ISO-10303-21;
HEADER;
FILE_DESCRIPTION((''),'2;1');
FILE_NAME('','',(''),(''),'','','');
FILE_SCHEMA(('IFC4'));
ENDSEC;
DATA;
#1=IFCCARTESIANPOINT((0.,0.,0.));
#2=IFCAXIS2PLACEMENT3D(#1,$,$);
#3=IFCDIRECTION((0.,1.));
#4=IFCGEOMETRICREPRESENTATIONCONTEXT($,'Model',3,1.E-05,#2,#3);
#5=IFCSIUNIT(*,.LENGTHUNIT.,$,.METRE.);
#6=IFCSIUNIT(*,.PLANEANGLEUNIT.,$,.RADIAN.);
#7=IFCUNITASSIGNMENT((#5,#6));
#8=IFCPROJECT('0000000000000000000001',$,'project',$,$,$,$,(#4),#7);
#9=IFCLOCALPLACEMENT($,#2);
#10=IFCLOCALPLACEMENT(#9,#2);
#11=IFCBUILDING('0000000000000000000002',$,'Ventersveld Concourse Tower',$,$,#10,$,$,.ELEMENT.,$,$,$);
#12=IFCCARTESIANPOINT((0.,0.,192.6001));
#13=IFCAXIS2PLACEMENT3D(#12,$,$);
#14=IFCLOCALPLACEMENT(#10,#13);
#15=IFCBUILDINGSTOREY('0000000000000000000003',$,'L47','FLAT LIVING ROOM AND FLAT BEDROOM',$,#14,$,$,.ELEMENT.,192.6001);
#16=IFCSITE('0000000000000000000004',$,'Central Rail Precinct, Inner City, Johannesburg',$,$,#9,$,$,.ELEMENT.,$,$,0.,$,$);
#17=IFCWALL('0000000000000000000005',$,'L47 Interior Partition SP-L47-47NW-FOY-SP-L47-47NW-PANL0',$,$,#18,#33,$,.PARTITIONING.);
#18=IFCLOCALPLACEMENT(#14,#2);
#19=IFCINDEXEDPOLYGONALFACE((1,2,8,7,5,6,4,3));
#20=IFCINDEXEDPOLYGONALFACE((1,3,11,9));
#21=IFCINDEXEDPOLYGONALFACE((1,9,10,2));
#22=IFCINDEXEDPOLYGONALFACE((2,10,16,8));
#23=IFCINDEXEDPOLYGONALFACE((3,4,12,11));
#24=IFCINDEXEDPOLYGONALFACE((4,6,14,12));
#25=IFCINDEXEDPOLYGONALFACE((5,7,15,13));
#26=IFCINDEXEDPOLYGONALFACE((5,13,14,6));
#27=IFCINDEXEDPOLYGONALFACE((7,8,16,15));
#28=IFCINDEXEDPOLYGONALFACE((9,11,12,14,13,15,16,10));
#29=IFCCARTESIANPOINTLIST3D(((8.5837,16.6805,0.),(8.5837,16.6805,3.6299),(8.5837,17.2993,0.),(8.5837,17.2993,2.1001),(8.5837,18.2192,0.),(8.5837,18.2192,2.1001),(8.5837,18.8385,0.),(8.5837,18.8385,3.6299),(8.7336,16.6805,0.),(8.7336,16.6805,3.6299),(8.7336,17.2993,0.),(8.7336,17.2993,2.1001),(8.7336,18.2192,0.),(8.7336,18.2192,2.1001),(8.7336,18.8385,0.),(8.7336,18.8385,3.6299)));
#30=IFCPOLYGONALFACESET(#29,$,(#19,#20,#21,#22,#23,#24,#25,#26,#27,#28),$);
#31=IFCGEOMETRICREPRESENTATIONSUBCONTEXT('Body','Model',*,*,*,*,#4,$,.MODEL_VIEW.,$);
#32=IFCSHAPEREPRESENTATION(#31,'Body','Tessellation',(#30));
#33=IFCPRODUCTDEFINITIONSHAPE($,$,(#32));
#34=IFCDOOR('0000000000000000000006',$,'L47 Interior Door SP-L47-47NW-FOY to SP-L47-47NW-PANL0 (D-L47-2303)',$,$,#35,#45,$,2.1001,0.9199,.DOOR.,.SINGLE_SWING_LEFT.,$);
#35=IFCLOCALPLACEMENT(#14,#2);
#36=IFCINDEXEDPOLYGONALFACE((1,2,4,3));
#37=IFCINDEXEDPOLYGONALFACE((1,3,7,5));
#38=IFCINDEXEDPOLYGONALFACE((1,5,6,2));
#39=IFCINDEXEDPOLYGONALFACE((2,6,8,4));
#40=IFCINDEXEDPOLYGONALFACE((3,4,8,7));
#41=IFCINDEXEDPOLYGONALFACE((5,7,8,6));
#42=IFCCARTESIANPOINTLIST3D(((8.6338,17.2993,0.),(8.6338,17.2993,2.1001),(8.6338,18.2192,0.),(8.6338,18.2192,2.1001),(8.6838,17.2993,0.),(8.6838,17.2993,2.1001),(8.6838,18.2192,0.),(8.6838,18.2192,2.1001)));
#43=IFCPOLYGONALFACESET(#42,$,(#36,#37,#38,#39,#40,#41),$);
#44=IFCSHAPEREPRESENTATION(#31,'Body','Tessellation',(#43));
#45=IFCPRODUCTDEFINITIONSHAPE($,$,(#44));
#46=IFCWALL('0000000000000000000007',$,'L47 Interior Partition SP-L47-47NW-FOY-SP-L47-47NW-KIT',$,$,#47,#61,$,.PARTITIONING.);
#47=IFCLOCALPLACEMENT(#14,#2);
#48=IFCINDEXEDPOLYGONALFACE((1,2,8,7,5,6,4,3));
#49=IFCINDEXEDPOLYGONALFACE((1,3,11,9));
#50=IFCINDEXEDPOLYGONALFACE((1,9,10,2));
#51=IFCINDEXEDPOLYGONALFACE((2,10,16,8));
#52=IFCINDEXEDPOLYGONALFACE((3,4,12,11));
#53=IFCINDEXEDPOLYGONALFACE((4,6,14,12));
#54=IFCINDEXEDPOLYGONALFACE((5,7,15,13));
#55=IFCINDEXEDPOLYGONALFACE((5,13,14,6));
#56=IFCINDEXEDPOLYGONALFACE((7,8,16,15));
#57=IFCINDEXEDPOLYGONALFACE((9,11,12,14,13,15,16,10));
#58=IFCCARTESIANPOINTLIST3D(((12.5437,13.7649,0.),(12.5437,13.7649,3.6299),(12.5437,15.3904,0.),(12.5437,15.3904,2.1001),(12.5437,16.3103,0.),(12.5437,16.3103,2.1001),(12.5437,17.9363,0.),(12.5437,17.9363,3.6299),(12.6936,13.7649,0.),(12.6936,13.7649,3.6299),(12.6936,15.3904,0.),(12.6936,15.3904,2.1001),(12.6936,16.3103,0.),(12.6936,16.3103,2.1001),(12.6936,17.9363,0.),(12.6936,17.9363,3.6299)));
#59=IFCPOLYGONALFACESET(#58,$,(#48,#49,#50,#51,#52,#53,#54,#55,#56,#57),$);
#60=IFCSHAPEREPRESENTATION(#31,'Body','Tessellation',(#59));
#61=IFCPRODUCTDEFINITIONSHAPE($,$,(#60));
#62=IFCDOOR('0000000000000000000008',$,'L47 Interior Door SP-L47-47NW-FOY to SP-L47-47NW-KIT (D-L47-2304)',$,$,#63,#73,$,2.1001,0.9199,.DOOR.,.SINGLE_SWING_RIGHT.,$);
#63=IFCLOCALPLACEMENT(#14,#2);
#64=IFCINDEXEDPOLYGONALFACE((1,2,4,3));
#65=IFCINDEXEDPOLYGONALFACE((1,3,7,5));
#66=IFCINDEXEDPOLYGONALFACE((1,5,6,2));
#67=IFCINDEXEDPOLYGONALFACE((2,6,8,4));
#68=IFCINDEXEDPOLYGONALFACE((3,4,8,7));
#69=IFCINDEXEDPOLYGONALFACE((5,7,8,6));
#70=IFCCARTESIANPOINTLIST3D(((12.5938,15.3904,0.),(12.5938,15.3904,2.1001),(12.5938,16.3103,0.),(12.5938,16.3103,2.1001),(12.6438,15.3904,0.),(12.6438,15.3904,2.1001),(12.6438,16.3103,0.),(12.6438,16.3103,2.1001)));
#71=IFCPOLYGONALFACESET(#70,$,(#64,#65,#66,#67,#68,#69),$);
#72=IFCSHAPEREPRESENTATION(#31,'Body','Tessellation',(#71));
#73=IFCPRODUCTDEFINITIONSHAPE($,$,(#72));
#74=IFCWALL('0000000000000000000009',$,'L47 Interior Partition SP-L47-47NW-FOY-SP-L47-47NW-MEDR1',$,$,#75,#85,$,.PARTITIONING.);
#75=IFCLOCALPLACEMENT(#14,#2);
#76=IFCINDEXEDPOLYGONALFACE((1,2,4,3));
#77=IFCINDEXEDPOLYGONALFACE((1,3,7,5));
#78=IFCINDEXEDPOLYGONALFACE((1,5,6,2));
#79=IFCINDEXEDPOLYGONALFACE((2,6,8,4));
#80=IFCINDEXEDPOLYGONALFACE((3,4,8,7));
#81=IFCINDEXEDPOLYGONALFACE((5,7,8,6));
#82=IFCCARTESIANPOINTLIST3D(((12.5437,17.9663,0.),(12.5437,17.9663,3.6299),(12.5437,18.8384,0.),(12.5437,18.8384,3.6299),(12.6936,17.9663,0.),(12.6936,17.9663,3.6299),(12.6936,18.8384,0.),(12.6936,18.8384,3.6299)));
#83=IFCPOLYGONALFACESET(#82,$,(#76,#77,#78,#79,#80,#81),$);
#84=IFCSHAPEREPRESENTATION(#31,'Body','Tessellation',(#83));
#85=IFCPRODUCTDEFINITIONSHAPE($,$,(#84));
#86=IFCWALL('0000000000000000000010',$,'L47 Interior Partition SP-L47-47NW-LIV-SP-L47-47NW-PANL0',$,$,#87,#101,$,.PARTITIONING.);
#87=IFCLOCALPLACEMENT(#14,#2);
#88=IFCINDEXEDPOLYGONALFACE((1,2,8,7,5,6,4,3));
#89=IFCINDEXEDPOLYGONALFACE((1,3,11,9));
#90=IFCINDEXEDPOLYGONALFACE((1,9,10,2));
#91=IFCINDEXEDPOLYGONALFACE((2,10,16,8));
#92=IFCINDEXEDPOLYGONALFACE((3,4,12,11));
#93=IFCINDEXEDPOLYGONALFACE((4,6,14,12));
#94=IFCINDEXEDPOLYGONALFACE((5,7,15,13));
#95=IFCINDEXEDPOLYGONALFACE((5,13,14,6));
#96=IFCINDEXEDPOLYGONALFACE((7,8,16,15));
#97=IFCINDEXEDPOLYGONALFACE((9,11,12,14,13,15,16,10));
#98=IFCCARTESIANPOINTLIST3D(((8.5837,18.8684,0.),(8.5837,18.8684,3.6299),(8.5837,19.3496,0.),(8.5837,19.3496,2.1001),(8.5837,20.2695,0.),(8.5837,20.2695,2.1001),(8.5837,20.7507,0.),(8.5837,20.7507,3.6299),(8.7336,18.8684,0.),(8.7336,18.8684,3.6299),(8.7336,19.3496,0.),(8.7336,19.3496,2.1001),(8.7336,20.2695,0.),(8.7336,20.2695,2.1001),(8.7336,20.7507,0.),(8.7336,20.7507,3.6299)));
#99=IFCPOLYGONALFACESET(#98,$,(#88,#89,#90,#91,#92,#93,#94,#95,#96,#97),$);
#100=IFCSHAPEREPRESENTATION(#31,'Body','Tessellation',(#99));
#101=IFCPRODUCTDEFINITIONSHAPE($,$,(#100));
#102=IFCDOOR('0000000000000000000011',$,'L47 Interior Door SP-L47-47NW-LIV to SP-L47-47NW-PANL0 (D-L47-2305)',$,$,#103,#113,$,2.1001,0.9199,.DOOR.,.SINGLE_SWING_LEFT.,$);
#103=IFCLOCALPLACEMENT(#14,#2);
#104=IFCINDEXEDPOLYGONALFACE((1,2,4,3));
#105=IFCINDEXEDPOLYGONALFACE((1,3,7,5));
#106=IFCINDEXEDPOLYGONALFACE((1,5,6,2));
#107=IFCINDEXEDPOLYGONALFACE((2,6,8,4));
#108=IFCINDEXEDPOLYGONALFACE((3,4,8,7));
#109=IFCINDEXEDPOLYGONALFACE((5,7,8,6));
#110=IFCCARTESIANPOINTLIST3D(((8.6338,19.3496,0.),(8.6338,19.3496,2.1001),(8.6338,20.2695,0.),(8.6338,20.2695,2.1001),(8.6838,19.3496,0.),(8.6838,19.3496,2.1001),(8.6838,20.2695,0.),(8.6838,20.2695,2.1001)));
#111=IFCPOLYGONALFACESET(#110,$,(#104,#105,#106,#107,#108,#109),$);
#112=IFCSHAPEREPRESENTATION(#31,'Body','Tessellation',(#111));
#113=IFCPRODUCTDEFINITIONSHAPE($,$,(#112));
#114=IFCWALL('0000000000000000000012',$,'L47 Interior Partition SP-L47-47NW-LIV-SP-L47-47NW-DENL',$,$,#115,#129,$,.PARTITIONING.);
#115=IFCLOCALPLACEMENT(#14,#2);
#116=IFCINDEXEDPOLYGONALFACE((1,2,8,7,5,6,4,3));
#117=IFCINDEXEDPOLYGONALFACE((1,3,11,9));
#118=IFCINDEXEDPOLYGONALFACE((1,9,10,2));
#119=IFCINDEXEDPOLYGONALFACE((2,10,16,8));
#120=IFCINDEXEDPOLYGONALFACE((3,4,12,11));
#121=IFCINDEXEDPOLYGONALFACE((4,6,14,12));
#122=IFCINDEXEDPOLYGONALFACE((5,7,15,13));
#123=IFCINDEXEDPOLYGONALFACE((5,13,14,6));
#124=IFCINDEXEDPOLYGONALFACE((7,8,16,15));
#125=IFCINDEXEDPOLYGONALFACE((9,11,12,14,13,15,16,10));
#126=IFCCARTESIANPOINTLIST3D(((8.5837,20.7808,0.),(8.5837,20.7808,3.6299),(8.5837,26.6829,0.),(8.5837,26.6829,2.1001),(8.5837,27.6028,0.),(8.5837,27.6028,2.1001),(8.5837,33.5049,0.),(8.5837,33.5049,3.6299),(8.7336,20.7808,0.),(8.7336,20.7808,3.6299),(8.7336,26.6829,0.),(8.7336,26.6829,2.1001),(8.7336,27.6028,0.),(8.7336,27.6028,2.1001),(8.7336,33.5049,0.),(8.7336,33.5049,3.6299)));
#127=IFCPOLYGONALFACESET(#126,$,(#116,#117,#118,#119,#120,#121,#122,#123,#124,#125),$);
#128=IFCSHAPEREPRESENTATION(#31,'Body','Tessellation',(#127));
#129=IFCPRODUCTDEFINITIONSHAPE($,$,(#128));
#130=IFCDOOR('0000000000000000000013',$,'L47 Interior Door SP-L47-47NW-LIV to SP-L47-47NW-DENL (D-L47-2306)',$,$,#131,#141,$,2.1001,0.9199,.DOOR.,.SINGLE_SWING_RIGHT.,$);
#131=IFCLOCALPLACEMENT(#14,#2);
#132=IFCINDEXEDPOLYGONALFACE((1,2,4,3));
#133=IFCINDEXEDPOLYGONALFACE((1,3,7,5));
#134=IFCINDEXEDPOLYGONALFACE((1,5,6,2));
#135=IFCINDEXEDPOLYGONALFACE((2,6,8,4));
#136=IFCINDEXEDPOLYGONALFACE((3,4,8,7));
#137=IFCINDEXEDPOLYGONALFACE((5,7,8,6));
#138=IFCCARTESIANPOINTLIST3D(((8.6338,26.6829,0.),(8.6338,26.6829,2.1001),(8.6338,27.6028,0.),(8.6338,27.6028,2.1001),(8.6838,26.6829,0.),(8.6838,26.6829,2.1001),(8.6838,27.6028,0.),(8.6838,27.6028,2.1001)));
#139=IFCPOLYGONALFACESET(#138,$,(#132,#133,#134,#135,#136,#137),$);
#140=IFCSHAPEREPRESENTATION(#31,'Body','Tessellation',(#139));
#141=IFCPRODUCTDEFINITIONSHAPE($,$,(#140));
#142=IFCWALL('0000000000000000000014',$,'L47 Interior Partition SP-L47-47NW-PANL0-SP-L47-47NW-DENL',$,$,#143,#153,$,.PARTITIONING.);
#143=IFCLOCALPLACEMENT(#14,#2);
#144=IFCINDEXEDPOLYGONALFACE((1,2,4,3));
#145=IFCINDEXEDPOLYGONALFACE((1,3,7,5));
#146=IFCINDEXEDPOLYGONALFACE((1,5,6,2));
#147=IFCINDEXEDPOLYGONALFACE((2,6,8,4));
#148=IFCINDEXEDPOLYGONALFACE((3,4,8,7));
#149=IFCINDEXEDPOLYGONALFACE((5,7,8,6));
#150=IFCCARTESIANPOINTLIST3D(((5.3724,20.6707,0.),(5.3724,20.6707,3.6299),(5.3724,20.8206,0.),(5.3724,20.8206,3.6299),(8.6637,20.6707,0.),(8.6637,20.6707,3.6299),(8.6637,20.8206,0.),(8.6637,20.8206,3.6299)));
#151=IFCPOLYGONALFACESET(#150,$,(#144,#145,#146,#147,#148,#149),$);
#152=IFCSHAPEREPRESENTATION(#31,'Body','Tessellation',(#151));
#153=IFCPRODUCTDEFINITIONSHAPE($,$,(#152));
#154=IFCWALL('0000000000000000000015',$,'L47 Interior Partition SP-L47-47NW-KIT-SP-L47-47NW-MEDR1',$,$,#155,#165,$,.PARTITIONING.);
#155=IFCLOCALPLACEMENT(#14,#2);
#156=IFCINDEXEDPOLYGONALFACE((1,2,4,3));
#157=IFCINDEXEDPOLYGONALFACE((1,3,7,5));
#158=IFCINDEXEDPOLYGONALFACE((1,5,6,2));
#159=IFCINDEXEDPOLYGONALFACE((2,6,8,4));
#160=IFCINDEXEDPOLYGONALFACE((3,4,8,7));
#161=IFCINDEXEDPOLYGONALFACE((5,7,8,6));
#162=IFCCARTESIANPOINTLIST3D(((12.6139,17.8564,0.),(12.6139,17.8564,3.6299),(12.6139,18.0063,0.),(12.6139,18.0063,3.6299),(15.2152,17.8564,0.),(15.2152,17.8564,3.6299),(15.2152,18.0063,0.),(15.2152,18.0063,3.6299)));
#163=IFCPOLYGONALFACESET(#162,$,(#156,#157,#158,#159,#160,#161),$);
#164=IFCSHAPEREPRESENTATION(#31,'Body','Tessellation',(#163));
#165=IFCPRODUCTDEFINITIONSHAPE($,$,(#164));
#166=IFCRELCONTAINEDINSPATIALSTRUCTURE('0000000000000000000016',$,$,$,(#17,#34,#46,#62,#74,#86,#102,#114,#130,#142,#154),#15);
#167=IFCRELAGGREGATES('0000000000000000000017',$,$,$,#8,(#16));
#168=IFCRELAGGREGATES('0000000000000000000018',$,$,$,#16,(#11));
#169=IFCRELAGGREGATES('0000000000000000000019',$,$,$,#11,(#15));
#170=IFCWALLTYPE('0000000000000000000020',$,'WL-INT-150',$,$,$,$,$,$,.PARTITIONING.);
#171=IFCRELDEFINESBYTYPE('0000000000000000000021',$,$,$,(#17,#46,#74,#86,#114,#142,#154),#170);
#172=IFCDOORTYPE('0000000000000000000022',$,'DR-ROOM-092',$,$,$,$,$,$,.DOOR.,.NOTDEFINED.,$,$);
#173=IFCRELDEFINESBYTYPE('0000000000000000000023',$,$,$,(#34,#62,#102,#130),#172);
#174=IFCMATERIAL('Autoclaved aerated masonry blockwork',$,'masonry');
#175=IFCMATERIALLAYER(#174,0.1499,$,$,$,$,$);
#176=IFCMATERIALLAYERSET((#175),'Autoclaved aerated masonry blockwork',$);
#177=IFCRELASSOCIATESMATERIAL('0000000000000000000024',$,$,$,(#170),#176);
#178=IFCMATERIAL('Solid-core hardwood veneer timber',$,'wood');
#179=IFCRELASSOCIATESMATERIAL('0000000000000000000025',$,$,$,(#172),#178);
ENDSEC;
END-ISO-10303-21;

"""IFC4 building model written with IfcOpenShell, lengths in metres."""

from ifc_helpers import new_model, si_unit, direction, frame, frame_2d, origin, place, context, subcontext, project, spatial, rectangle, extrude, material, layer, layer_set, type_object, element, fill, save


model = new_model("IFC4")

# Units and contexts
model_context = context("Model", 3, precision=1e-05, world=origin(), true_north=direction((0.0, 1.0)))
body_context = subcontext(model_context, "Body", "Model", "MODEL_VIEW")
ifc_project = project(units=[si_unit("LENGTHUNIT", "METRE"), si_unit("PLANEANGLEUNIT", "RADIAN")], contexts=[model_context])

# Site, building, storey
site_placement = place(None, origin())
site = spatial("IfcSite", under=ifc_project, at=site_placement, Name="Central Rail Precinct, Inner City, Johannesburg", CompositionType="ELEMENT", RefElevation=0.0)
building_placement = place(site_placement, origin())
building = spatial("IfcBuilding", under=site, at=building_placement, Name="Ventersveld Concourse Tower", CompositionType="ELEMENT")
storey_placement = place(building_placement, frame((0.0, 0.0, 192.6001)))
storey = spatial("IfcBuildingStorey", under=building, at=storey_placement, Name="L47", Description="FLAT LIVING ROOM AND FLAT BEDROOM", CompositionType="ELEMENT", Elevation=192.6001)

# Shared definitions
ifc_material_1 = material(Name="Solid-core hardwood veneer timber", Category="wood")

# Walls, openings, doors
ifc_material_2 = material(Name="Autoclaved aerated masonry blockwork", Category="masonry")
ifc_layer_1 = layer(ifc_material_2, 0.1499)
ifc_layer_set_1 = layer_set([ifc_layer_1], Name="Autoclaved aerated masonry blockwork")
wall_type_1 = type_object("IfcWallType", Name="WL-INT-150", PredefinedType="PARTITIONING", material=ifc_layer_set_1)
door_type_1 = type_object("IfcDoorType", Name="DR-ROOM-092", OperationType="NOTDEFINED", PredefinedType="DOOR", material=ifc_material_1)
wall_1_placement = place(storey_placement, frame((8.6587, 16.6804, 0.0), z_axis=(0.0, 0.0, 1.0), x_axis=(0.0, 1.0, 0.0)))
wall_1 = element("IfcWall", 1, at=wall_1_placement, inside=storey, type_object=wall_type_1, Name="L47 Interior Partition SP-L47-47NW-FOY-SP-L47-47NW-PANL0", PredefinedType="PARTITIONING", context=body_context, shape_type="SweptSolid", body=[
    extrude(rectangle(XDim=2.158, YDim=0.1499, at=frame_2d((1.0791, 0.0))), origin(), (0.0, 0.0, 1.0), 3.6299),
])
opening_1_placement = place(wall_1_placement, frame((0.6189, 0.0, 0.0)))
opening_1 = element("IfcOpeningElement", 2, at=opening_1_placement, cuts=wall_1, PredefinedType="OPENING", context=body_context, shape_type="SweptSolid", body=[
    extrude(rectangle(XDim=0.9199, YDim=2.1001, at=frame_2d((0.46, 1.05))), frame((0.0, 0.085, 0.0), z_axis=(0.0, -1.0, 0.0), x_axis=(1.0, 0.0, 0.0)), (0.0, 0.0, 1.0), 0.1699),
])
door_1_placement = place(opening_1_placement, origin())
door_1 = element("IfcDoor", 3, at=door_1_placement, inside=storey, type_object=door_type_1, Name="L47 Interior Door SP-L47-47NW-FOY to SP-L47-47NW-PANL0 (D-L47-2303)", OperationType="SINGLE_SWING_LEFT", OverallHeight=2.1001, OverallWidth=0.9199, PredefinedType="DOOR", context=body_context, shape_type="SweptSolid", body=[
    extrude(rectangle(XDim=0.9199, YDim=2.1001, at=frame_2d((0.46, 1.05))), frame((0.0, 0.0249, 0.0), z_axis=(0.0, -1.0, 0.0), x_axis=(1.0, 0.0, 0.0)), (0.0, 0.0, 1.0), 0.05),
])
fill(opening_1, door_1)
wall_2_placement = place(storey_placement, frame((12.6187, 13.7649, 0.0), z_axis=(0.0, 0.0, 1.0), x_axis=(0.0, 1.0, 0.0)))
wall_2 = element("IfcWall", 4, at=wall_2_placement, inside=storey, type_object=wall_type_1, Name="L47 Interior Partition SP-L47-47NW-FOY-SP-L47-47NW-KIT", PredefinedType="PARTITIONING", context=body_context, shape_type="SweptSolid", body=[
    extrude(rectangle(XDim=4.1714, YDim=0.1499, at=frame_2d((2.0857, 0.0))), origin(), (0.0, 0.0, 1.0), 3.6299),
])
opening_2_placement = place(wall_2_placement, frame((1.6255, 0.0, 0.0)))
opening_2 = element("IfcOpeningElement", 5, at=opening_2_placement, cuts=wall_2, PredefinedType="OPENING", context=body_context, shape_type="SweptSolid", body=[
    extrude(rectangle(XDim=0.9199, YDim=2.1001, at=frame_2d((0.46, 1.05))), frame((0.0, 0.085, 0.0), z_axis=(0.0, -1.0, 0.0), x_axis=(1.0, 0.0, 0.0)), (0.0, 0.0, 1.0), 0.1699),
])
door_2_placement = place(opening_2_placement, origin())
door_2 = element("IfcDoor", 6, at=door_2_placement, inside=storey, type_object=door_type_1, Name="L47 Interior Door SP-L47-47NW-FOY to SP-L47-47NW-KIT (D-L47-2304)", OperationType="SINGLE_SWING_RIGHT", OverallHeight=2.1001, OverallWidth=0.9199, PredefinedType="DOOR", context=body_context, shape_type="SweptSolid", body=[
    extrude(rectangle(XDim=0.9199, YDim=2.1001, at=frame_2d((0.46, 1.05))), frame((0.0, 0.0249, 0.0), z_axis=(0.0, -1.0, 0.0), x_axis=(1.0, 0.0, 0.0)), (0.0, 0.0, 1.0), 0.05),
])
fill(opening_2, door_2)

# Wall
wall_3_placement = place(storey_placement, frame((12.6187, 17.9663, 0.0), z_axis=(0.0, 0.0, 1.0), x_axis=(0.0, 1.0, 0.0)))
element("IfcWall", 7, at=wall_3_placement, inside=storey, type_object=wall_type_1, Name="L47 Interior Partition SP-L47-47NW-FOY-SP-L47-47NW-MEDR1", PredefinedType="PARTITIONING", context=body_context, shape_type="SweptSolid", body=[
    extrude(rectangle(XDim=0.8721, YDim=0.1499, at=frame_2d((0.436, 0.0))), origin(), (0.0, 0.0, 1.0), 3.6299),
])

# Walls, openings, doors
wall_4_placement = place(storey_placement, frame((8.6587, 18.8684, 0.0), z_axis=(0.0, 0.0, 1.0), x_axis=(0.0, 1.0, 0.0)))
wall_4 = element("IfcWall", 8, at=wall_4_placement, inside=storey, type_object=wall_type_1, Name="L47 Interior Partition SP-L47-47NW-LIV-SP-L47-47NW-PANL0", PredefinedType="PARTITIONING", context=body_context, shape_type="SweptSolid", body=[
    extrude(rectangle(XDim=1.8823, YDim=0.1499, at=frame_2d((0.9412, 0.0))), origin(), (0.0, 0.0, 1.0), 3.6299),
])
opening_3_placement = place(wall_4_placement, frame((0.4812, 0.0, 0.0)))
opening_3 = element("IfcOpeningElement", 9, at=opening_3_placement, cuts=wall_4, PredefinedType="OPENING", context=body_context, shape_type="SweptSolid", body=[
    extrude(rectangle(XDim=0.9199, YDim=2.1001, at=frame_2d((0.46, 1.05))), frame((0.0, 0.085, 0.0), z_axis=(0.0, -1.0, 0.0), x_axis=(1.0, 0.0, 0.0)), (0.0, 0.0, 1.0), 0.1699),
])
door_3_placement = place(opening_3_placement, origin())
door_3 = element("IfcDoor", 10, at=door_3_placement, inside=storey, type_object=door_type_1, Name="L47 Interior Door SP-L47-47NW-LIV to SP-L47-47NW-PANL0 (D-L47-2305)", OperationType="SINGLE_SWING_LEFT", OverallHeight=2.1001, OverallWidth=0.9199, PredefinedType="DOOR", context=body_context, shape_type="SweptSolid", body=[
    extrude(rectangle(XDim=0.9199, YDim=2.1001, at=frame_2d((0.46, 1.05))), frame((0.0, 0.0249, 0.0), z_axis=(0.0, -1.0, 0.0), x_axis=(1.0, 0.0, 0.0)), (0.0, 0.0, 1.0), 0.05),
])
fill(opening_3, door_3)
wall_5_placement = place(storey_placement, frame((8.6587, 20.7808, 0.0), z_axis=(0.0, 0.0, 1.0), x_axis=(0.0, 1.0, 0.0)))
wall_5 = element("IfcWall", 11, at=wall_5_placement, inside=storey, type_object=wall_type_1, Name="L47 Interior Partition SP-L47-47NW-LIV-SP-L47-47NW-DENL", PredefinedType="PARTITIONING", context=body_context, shape_type="SweptSolid", body=[
    extrude(rectangle(XDim=12.7241, YDim=0.1499, at=frame_2d((6.3621, 0.0))), origin(), (0.0, 0.0, 1.0), 3.6299),
])
opening_4_placement = place(wall_5_placement, frame((5.9021, 0.0, 0.0)))
opening_4 = element("IfcOpeningElement", 12, at=opening_4_placement, cuts=wall_5, PredefinedType="OPENING", context=body_context, shape_type="SweptSolid", body=[
    extrude(rectangle(XDim=0.9199, YDim=2.1001, at=frame_2d((0.46, 1.05))), frame((0.0, 0.085, 0.0), z_axis=(0.0, -1.0, 0.0), x_axis=(1.0, 0.0, 0.0)), (0.0, 0.0, 1.0), 0.1699),
])
door_4_placement = place(opening_4_placement, origin())
door_4 = element("IfcDoor", 13, at=door_4_placement, inside=storey, type_object=door_type_1, Name="L47 Interior Door SP-L47-47NW-LIV to SP-L47-47NW-DENL (D-L47-2306)", OperationType="SINGLE_SWING_RIGHT", OverallHeight=2.1001, OverallWidth=0.9199, PredefinedType="DOOR", context=body_context, shape_type="SweptSolid", body=[
    extrude(rectangle(XDim=0.9199, YDim=2.1001, at=frame_2d((0.46, 1.05))), frame((0.0, 0.0249, 0.0), z_axis=(0.0, -1.0, 0.0), x_axis=(1.0, 0.0, 0.0)), (0.0, 0.0, 1.0), 0.05),
])
fill(opening_4, door_4)

# Walls
wall_6_placement = place(storey_placement, frame((5.3726, 20.7456, 0.0), z_axis=(0.0, 0.0, 1.0), x_axis=(1.0, 0.0, 0.0)))
element("IfcWall", 14, at=wall_6_placement, inside=storey, type_object=wall_type_1, Name="L47 Interior Partition SP-L47-47NW-PANL0-SP-L47-47NW-DENL", PredefinedType="PARTITIONING", context=body_context, shape_type="SweptSolid", body=[
    extrude(rectangle(XDim=3.2913, YDim=0.1499, at=frame_2d((1.6455, 0.0))), origin(), (0.0, 0.0, 1.0), 3.6299),
])
wall_7_placement = place(storey_placement, frame((12.6138, 17.9314, 0.0), z_axis=(0.0, 0.0, 1.0), x_axis=(1.0, 0.0, 0.0)))
element("IfcWall", 15, at=wall_7_placement, inside=storey, type_object=wall_type_1, Name="L47 Interior Partition SP-L47-47NW-KIT-SP-L47-47NW-MEDR1", PredefinedType="PARTITIONING", context=body_context, shape_type="SweptSolid", body=[
    extrude(rectangle(XDim=2.6013, YDim=0.1499, at=frame_2d((1.3008, 0.0))), origin(), (0.0, 0.0, 1.0), 3.6299),
])

save(model, "model.ifc")
